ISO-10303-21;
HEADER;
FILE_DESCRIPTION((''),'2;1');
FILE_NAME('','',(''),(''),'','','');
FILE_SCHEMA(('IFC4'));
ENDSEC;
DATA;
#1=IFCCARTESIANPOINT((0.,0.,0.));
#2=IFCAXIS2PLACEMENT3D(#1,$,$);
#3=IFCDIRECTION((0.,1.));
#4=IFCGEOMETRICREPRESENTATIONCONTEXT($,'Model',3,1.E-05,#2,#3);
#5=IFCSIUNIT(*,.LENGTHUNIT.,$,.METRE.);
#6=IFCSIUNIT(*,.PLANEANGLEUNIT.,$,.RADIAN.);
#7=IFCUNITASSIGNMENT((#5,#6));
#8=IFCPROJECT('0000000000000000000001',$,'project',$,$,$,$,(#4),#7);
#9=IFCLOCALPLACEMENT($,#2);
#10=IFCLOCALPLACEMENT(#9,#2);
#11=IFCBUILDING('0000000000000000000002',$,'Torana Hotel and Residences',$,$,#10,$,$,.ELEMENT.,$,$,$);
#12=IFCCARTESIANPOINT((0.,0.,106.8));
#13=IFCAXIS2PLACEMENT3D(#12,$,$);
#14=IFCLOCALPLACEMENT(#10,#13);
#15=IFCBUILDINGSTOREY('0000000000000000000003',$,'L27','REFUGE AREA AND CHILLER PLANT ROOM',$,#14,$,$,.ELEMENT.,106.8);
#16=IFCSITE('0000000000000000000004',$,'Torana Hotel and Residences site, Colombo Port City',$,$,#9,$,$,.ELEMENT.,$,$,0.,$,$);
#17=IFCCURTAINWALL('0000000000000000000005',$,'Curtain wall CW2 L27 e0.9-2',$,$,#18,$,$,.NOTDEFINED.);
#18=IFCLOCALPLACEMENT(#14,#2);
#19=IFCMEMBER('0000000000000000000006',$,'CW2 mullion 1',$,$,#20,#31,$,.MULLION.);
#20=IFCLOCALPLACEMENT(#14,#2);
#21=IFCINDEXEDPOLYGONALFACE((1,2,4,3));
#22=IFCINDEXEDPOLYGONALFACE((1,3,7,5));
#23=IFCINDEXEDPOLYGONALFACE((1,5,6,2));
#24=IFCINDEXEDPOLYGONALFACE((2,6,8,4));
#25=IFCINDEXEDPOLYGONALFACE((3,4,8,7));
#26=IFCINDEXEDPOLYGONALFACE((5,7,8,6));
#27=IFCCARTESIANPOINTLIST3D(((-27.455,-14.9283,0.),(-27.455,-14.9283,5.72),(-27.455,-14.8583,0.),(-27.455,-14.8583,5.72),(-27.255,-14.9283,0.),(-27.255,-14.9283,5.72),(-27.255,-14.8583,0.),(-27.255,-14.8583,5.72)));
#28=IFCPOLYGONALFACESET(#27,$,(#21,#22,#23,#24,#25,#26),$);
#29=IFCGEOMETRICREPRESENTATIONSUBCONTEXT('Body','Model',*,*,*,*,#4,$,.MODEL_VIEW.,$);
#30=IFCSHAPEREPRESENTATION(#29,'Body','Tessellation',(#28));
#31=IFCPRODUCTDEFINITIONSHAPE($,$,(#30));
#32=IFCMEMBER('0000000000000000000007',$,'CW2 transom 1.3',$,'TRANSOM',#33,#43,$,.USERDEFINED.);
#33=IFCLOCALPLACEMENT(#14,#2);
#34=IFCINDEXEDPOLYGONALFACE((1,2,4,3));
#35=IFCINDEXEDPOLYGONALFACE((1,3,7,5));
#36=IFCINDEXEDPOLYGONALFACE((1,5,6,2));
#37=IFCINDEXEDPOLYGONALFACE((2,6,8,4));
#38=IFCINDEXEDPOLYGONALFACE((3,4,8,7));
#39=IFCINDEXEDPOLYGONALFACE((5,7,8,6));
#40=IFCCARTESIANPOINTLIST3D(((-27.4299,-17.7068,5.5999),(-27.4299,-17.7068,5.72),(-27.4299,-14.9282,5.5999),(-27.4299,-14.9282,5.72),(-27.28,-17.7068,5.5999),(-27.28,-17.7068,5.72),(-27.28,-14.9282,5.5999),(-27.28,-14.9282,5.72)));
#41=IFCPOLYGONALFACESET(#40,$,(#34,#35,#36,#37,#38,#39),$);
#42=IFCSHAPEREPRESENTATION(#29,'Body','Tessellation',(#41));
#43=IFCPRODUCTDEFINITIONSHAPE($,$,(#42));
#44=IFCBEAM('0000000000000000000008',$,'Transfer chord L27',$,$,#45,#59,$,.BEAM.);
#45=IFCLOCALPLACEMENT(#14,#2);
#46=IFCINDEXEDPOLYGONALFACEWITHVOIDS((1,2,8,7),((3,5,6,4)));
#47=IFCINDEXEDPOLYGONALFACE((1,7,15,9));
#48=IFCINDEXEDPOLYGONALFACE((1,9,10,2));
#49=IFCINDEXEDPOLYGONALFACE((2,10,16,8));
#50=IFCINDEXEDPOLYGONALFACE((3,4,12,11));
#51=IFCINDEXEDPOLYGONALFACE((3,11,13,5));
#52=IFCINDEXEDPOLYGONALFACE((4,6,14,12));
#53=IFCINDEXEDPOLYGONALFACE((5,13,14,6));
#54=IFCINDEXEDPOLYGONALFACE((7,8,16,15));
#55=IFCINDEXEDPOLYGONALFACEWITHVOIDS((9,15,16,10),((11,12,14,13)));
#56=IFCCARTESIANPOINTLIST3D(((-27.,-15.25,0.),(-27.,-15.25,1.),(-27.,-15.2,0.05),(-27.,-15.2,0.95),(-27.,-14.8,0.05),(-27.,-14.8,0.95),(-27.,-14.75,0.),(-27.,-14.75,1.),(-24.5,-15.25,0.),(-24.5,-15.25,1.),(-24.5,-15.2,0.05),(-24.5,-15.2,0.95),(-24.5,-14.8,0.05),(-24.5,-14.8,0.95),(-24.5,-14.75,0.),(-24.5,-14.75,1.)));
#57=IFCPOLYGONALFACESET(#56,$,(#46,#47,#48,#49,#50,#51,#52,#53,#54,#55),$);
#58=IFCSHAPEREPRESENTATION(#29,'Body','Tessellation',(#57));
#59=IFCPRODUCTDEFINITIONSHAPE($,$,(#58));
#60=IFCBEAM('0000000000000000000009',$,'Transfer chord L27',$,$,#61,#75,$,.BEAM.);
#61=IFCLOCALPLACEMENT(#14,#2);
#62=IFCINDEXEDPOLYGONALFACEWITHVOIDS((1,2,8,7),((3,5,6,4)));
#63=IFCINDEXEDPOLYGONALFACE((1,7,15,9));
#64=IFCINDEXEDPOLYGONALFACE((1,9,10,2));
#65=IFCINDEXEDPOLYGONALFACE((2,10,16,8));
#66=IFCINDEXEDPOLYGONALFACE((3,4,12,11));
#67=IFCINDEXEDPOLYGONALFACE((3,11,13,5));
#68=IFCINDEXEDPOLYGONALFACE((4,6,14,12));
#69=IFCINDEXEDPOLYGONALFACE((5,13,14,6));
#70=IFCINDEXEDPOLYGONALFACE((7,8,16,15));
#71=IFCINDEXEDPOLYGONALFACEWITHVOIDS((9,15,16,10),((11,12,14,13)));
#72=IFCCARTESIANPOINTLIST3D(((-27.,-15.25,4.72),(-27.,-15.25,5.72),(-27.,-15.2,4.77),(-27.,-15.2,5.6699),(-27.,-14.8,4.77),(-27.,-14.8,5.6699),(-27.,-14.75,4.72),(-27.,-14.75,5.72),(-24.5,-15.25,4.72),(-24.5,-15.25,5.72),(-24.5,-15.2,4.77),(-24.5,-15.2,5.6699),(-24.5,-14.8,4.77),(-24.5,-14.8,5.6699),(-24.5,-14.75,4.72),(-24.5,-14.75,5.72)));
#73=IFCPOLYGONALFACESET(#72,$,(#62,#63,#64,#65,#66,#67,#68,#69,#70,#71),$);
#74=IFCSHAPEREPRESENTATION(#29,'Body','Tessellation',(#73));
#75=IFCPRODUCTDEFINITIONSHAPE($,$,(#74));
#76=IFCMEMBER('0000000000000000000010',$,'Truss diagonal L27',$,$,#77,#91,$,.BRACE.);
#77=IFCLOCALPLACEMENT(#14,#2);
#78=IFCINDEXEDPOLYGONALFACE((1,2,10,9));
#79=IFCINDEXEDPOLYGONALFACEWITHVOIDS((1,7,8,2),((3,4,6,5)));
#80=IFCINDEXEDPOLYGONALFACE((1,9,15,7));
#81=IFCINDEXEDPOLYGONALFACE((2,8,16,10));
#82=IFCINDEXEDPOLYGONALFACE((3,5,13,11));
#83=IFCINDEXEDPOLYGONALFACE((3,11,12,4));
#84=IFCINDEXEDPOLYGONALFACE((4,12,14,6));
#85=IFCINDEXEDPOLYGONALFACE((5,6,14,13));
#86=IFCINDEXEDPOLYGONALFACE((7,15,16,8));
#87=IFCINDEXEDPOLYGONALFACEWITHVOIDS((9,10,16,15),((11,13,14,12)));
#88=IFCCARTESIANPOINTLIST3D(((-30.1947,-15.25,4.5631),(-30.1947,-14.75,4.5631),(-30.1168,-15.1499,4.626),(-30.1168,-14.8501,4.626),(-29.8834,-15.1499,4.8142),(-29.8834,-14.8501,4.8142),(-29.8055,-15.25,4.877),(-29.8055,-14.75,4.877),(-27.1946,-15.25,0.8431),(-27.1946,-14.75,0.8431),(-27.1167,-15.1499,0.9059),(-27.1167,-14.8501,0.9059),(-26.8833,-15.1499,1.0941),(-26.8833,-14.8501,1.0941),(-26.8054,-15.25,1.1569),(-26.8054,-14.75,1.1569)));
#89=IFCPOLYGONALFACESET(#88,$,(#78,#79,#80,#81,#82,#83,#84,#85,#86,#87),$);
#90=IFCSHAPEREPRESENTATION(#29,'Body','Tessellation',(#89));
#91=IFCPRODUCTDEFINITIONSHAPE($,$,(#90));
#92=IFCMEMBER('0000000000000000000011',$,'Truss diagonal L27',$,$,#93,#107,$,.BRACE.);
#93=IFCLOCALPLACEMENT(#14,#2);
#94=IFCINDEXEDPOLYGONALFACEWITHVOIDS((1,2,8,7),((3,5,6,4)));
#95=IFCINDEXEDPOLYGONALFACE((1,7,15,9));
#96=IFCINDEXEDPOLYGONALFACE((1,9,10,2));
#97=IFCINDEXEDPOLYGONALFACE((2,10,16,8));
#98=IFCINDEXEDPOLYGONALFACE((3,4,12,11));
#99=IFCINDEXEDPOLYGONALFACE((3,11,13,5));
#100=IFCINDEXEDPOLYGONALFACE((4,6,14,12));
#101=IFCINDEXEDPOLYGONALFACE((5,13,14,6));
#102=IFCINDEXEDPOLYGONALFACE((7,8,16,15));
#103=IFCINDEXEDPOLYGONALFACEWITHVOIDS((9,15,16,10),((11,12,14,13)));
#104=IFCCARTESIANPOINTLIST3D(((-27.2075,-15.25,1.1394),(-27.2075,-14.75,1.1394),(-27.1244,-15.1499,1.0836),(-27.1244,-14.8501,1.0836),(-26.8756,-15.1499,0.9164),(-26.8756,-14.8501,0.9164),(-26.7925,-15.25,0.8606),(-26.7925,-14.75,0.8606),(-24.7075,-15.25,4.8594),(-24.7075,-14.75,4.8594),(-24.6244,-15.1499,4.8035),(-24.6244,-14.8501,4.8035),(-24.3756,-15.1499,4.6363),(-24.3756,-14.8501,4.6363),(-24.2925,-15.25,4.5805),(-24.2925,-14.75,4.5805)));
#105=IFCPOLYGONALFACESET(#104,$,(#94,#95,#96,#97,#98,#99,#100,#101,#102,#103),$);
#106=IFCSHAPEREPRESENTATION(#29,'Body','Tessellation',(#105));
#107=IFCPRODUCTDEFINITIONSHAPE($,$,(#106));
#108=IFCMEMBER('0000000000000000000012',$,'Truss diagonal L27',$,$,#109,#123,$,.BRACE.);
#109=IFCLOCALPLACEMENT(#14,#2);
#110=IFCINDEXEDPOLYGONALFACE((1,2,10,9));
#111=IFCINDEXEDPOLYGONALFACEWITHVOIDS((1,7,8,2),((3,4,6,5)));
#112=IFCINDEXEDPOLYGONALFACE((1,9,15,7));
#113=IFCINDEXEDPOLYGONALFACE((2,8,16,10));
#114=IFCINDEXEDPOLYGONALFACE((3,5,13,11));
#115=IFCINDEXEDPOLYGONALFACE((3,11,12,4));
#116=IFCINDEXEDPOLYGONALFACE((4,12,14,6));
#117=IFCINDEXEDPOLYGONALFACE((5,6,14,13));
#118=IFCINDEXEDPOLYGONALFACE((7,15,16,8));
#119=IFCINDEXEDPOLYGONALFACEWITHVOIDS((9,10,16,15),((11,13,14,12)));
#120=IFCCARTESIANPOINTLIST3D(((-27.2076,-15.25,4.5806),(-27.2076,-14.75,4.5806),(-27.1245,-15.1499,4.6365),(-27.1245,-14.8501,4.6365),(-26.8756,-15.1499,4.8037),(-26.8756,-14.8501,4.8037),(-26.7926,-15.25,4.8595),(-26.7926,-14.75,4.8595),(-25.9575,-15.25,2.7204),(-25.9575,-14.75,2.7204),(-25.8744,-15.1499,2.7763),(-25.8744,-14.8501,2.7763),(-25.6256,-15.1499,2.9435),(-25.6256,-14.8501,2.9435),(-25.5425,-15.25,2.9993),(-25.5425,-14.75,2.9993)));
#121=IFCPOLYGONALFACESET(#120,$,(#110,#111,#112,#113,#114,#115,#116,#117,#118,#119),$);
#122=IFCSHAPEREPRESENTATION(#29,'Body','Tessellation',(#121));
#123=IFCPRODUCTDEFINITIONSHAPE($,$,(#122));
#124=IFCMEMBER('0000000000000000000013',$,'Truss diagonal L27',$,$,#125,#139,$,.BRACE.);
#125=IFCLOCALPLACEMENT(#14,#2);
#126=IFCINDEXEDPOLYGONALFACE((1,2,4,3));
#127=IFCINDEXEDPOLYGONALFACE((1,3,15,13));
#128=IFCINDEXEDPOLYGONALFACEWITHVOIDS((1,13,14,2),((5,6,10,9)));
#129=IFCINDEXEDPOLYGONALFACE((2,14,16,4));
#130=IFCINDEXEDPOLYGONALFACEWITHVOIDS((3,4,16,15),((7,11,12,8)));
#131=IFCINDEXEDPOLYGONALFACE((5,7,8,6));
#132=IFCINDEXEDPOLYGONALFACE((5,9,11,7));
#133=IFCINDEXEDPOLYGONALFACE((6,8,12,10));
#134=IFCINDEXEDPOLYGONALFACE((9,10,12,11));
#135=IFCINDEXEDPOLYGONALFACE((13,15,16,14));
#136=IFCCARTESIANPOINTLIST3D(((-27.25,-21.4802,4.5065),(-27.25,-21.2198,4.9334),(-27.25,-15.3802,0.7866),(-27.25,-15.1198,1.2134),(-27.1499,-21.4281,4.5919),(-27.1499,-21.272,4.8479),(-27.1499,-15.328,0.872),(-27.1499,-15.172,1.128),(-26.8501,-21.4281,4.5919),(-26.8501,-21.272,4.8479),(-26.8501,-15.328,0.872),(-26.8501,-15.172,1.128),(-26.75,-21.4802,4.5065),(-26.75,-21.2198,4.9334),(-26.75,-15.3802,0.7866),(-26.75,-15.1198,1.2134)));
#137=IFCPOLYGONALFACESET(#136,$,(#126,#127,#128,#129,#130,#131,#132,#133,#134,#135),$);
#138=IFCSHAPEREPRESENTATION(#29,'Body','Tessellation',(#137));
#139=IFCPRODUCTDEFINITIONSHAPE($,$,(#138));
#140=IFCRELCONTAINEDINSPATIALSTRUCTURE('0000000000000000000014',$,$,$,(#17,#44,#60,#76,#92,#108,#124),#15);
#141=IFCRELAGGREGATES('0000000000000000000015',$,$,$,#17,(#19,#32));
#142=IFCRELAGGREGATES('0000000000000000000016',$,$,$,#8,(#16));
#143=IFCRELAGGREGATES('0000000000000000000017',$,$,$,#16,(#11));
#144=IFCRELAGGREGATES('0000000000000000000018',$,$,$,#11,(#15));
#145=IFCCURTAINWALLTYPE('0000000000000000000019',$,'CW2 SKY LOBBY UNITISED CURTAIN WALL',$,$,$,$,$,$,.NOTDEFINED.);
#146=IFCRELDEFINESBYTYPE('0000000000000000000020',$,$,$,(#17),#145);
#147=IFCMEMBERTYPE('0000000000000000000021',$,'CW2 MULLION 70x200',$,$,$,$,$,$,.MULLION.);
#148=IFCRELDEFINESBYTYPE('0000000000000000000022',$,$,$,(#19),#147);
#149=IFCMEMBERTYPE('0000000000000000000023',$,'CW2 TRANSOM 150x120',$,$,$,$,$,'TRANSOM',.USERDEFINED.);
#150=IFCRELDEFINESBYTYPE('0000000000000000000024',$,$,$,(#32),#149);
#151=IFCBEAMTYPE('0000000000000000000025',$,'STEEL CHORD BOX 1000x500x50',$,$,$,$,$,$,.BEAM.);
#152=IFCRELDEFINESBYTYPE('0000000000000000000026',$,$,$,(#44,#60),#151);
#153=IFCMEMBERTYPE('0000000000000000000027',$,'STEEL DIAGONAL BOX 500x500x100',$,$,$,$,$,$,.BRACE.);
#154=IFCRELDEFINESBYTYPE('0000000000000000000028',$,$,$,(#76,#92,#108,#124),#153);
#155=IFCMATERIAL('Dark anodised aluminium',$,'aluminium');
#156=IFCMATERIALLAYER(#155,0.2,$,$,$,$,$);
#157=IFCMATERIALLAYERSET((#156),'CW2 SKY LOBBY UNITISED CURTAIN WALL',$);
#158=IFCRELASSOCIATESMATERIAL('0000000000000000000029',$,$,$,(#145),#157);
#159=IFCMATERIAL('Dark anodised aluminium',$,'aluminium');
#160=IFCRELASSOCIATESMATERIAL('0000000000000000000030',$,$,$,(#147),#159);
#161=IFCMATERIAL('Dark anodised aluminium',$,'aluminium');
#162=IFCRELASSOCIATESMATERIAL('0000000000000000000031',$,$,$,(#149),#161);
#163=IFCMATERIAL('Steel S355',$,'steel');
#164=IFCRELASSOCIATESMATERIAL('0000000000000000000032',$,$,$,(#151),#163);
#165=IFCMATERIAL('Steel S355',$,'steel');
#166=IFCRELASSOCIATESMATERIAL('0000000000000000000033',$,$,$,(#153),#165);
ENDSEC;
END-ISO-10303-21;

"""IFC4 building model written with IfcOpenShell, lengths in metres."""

from ifc_helpers import new_model, si_unit, direction, frame, origin, origin_2d, place, context, subcontext, project, spatial, rectangle, hollow_rectangle, extrude, material, layer, layer_set, material_profile, profile_set, type_object, element, aggregate, save


model = new_model("IFC4")

# Units and contexts
model_context = context("Model", 3, precision=1e-05, world=origin(), true_north=direction((0.0, 1.0)))
body_context = subcontext(model_context, "Body", "Model", "MODEL_VIEW")
ifc_project = project(units=[si_unit("LENGTHUNIT", "METRE"), si_unit("PLANEANGLEUNIT", "RADIAN")], contexts=[model_context])

# Site, building, storey
site_placement = place(None, origin())
site = spatial("IfcSite", under=ifc_project, at=site_placement, Name="Torana Hotel and Residences site, Colombo Port City", CompositionType="ELEMENT", RefElevation=0.0)
building_placement = place(site_placement, origin())
building = spatial("IfcBuilding", under=site, at=building_placement, Name="Torana Hotel and Residences", CompositionType="ELEMENT")
storey_placement = place(building_placement, frame((0.0, 0.0, 106.8)))
storey = spatial("IfcBuildingStorey", under=building, at=storey_placement, Name="L27", Description="REFUGE AREA AND CHILLER PLANT ROOM", CompositionType="ELEMENT", Elevation=106.8)

# Curtain wall, members
ifc_material_1 = material(Name="Dark anodised aluminium", Category="aluminium")
ifc_layer_1 = layer(ifc_material_1, 0.2)
ifc_layer_set_1 = layer_set([ifc_layer_1], Name="CW2 SKY LOBBY UNITISED CURTAIN WALL")
curtain_wall_type = type_object("IfcCurtainWallType", Name="CW2 SKY LOBBY UNITISED CURTAIN WALL", PredefinedType="NOTDEFINED", material=ifc_layer_set_1)
curtain_wall_placement = place(storey_placement, origin())
curtain_wall = element("IfcCurtainWall", 1, at=curtain_wall_placement, inside=storey, type_object=curtain_wall_type, Name="Curtain wall CW2 L27 e0.9-2", PredefinedType="NOTDEFINED")
ifc_material_2 = material(Name="Dark anodised aluminium", Category="aluminium")
ifc_material_profile_1 = material_profile(ifc_material_2, rectangle(XDim=0.2, YDim=0.0701, at=origin_2d()), Name="CW2 MULLION 70x200")
ifc_profile_set_1 = profile_set([ifc_material_profile_1], Name="Dark anodised aluminium")
member_type_1 = type_object("IfcMemberType", Name="CW2 MULLION 70x200", PredefinedType="MULLION", material=ifc_profile_set_1)
member_1_placement = place(storey_placement, frame((-27.355, -14.8933, 0.0), z_axis=(0.0, 0.0, 1.0), x_axis=(1.0, 0.0, 0.0)))
member_1 = element("IfcMember", 2, at=member_1_placement, type_object=member_type_1, Name="CW2 mullion 1", PredefinedType="MULLION", context=body_context, shape_type="SweptSolid", body=[
    extrude(rectangle(XDim=0.2, YDim=0.0701, at=origin_2d()), origin(), (0.0, 0.0, 1.0), 5.72),
])
ifc_material_3 = material(Name="Dark anodised aluminium", Category="aluminium")
ifc_material_profile_2 = material_profile(ifc_material_3, rectangle(XDim=0.1499, YDim=0.1201, at=origin_2d()), Name="CW2 TRANSOM 150x120")
ifc_profile_set_2 = profile_set([ifc_material_profile_2], Name="Dark anodised aluminium")
member_type_2 = type_object("IfcMemberType", Name="CW2 TRANSOM 150x120", ElementType="TRANSOM", PredefinedType="USERDEFINED", material=ifc_profile_set_2)
member_2_placement = place(storey_placement, frame((-27.355, -14.9282, 5.6599), z_axis=(0.0, -1.0, 0.0), x_axis=(1.0, 0.0, 0.0)))
member_2 = element("IfcMember", 3, at=member_2_placement, type_object=member_type_2, Name="CW2 transom 1.3", ObjectType="TRANSOM", PredefinedType="USERDEFINED", context=body_context, shape_type="SweptSolid", body=[
    extrude(rectangle(XDim=0.1499, YDim=0.1201, at=origin_2d()), origin(), (0.0, 0.0, 1.0), 2.7786),
])
aggregate(curtain_wall, [member_1, member_2])

# Beams
ifc_material_4 = material(Name="Steel S355", Category="steel")
ifc_material_profile_3 = material_profile(ifc_material_4, hollow_rectangle(XDim=0.5, YDim=1.0, WallThickness=0.05, at=origin_2d()), Name="BOX 1000x500x50")
ifc_profile_set_3 = profile_set([ifc_material_profile_3], Name="Steel S355")
beam_type = type_object("IfcBeamType", Name="STEEL CHORD BOX 1000x500x50", PredefinedType="BEAM", material=ifc_profile_set_3)
for number, where, z_axis, x_axis, name in (
    (4, (-27.0, -15.0, 0.5), (1.0, 0.0, 0.0), (0.0, 1.0, 0.0), "Transfer chord L27"),
    (5, (-27.0, -15.0, 5.22), (1.0, 0.0, 0.0), (0.0, 1.0, 0.0), "Transfer chord L27"),
):
    element("IfcBeam", number, at=place(storey_placement, frame(where, z_axis=z_axis, x_axis=x_axis)), inside=storey, type_object=beam_type, Name=name, PredefinedType="BEAM", context=body_context, shape_type="SweptSolid", body=[
        extrude(hollow_rectangle(XDim=0.5, YDim=1.0, WallThickness=0.05, at=origin_2d()), origin(), (0.0, 0.0, 1.0), 2.5),
    ])

# Members
ifc_material_5 = material(Name="Steel S355", Category="steel")
ifc_material_profile_4 = material_profile(ifc_material_5, hollow_rectangle(XDim=0.5, YDim=0.5, WallThickness=0.1001, at=origin_2d()), Name="BOX 500x500x100")
ifc_profile_set_4 = profile_set([ifc_material_profile_4], Name="Steel S355")
member_type_3 = type_object("IfcMemberType", Name="STEEL DIAGONAL BOX 500x500x100", PredefinedType="BRACE", material=ifc_profile_set_4)
member_3_placement = place(storey_placement, frame((-27.0, -15.0, 1.0), z_axis=(-0.627755, 0.0, 0.778411), x_axis=(0.0, -1.0, 0.0)))
element("IfcMember", 6, at=member_3_placement, inside=storey, type_object=member_type_3, Name="Truss diagonal L27", PredefinedType="BRACE", context=body_context, shape_type="SweptSolid", body=[
    extrude(hollow_rectangle(XDim=0.5, YDim=0.5, WallThickness=0.1001, at=origin_2d()), origin(), (0.0, 0.0, 1.0), 4.7791),
])
member_4_placement = place(storey_placement, frame((-27.0, -15.0, 1.0), z_axis=(0.557789, 0.0, 0.829983), x_axis=(0.0, 1.0, 0.0)))
element("IfcMember", 7, at=member_4_placement, inside=storey, type_object=member_type_3, Name="Truss diagonal L27", PredefinedType="BRACE", context=body_context, shape_type="SweptSolid", body=[
    extrude(hollow_rectangle(XDim=0.5, YDim=0.5, WallThickness=0.1001, at=origin_2d()), origin(), (0.0, 0.0, 1.0), 4.4819),
])
member_5_placement = place(storey_placement, frame((-25.75, -15.0, 2.8599), z_axis=(-0.557763, 0.0, 0.83), x_axis=(0.0, -1.0, 0.0)))
element("IfcMember", 8, at=member_5_placement, inside=storey, type_object=member_type_3, Name="Truss diagonal L27", PredefinedType="BRACE", context=body_context, shape_type="SweptSolid", body=[
    extrude(hollow_rectangle(XDim=0.5, YDim=0.5, WallThickness=0.1001, at=origin_2d()), origin(), (0.0, 0.0, 1.0), 2.2412),
])
member_6_placement = place(storey_placement, frame((-27.0, -15.25, 1.0), z_axis=(0.0, -0.853771, 0.520648), x_axis=(1.0, 0.0, 0.0)))
element("IfcMember", 9, at=member_6_placement, inside=storey, type_object=member_type_3, Name="Truss diagonal L27", PredefinedType="BRACE", context=body_context, shape_type="SweptSolid", body=[
    extrude(hollow_rectangle(XDim=0.5, YDim=0.5, WallThickness=0.1001, at=origin_2d()), origin(), (0.0, 0.0, 1.0), 7.1448),
])

save(model, "model.ifc")
